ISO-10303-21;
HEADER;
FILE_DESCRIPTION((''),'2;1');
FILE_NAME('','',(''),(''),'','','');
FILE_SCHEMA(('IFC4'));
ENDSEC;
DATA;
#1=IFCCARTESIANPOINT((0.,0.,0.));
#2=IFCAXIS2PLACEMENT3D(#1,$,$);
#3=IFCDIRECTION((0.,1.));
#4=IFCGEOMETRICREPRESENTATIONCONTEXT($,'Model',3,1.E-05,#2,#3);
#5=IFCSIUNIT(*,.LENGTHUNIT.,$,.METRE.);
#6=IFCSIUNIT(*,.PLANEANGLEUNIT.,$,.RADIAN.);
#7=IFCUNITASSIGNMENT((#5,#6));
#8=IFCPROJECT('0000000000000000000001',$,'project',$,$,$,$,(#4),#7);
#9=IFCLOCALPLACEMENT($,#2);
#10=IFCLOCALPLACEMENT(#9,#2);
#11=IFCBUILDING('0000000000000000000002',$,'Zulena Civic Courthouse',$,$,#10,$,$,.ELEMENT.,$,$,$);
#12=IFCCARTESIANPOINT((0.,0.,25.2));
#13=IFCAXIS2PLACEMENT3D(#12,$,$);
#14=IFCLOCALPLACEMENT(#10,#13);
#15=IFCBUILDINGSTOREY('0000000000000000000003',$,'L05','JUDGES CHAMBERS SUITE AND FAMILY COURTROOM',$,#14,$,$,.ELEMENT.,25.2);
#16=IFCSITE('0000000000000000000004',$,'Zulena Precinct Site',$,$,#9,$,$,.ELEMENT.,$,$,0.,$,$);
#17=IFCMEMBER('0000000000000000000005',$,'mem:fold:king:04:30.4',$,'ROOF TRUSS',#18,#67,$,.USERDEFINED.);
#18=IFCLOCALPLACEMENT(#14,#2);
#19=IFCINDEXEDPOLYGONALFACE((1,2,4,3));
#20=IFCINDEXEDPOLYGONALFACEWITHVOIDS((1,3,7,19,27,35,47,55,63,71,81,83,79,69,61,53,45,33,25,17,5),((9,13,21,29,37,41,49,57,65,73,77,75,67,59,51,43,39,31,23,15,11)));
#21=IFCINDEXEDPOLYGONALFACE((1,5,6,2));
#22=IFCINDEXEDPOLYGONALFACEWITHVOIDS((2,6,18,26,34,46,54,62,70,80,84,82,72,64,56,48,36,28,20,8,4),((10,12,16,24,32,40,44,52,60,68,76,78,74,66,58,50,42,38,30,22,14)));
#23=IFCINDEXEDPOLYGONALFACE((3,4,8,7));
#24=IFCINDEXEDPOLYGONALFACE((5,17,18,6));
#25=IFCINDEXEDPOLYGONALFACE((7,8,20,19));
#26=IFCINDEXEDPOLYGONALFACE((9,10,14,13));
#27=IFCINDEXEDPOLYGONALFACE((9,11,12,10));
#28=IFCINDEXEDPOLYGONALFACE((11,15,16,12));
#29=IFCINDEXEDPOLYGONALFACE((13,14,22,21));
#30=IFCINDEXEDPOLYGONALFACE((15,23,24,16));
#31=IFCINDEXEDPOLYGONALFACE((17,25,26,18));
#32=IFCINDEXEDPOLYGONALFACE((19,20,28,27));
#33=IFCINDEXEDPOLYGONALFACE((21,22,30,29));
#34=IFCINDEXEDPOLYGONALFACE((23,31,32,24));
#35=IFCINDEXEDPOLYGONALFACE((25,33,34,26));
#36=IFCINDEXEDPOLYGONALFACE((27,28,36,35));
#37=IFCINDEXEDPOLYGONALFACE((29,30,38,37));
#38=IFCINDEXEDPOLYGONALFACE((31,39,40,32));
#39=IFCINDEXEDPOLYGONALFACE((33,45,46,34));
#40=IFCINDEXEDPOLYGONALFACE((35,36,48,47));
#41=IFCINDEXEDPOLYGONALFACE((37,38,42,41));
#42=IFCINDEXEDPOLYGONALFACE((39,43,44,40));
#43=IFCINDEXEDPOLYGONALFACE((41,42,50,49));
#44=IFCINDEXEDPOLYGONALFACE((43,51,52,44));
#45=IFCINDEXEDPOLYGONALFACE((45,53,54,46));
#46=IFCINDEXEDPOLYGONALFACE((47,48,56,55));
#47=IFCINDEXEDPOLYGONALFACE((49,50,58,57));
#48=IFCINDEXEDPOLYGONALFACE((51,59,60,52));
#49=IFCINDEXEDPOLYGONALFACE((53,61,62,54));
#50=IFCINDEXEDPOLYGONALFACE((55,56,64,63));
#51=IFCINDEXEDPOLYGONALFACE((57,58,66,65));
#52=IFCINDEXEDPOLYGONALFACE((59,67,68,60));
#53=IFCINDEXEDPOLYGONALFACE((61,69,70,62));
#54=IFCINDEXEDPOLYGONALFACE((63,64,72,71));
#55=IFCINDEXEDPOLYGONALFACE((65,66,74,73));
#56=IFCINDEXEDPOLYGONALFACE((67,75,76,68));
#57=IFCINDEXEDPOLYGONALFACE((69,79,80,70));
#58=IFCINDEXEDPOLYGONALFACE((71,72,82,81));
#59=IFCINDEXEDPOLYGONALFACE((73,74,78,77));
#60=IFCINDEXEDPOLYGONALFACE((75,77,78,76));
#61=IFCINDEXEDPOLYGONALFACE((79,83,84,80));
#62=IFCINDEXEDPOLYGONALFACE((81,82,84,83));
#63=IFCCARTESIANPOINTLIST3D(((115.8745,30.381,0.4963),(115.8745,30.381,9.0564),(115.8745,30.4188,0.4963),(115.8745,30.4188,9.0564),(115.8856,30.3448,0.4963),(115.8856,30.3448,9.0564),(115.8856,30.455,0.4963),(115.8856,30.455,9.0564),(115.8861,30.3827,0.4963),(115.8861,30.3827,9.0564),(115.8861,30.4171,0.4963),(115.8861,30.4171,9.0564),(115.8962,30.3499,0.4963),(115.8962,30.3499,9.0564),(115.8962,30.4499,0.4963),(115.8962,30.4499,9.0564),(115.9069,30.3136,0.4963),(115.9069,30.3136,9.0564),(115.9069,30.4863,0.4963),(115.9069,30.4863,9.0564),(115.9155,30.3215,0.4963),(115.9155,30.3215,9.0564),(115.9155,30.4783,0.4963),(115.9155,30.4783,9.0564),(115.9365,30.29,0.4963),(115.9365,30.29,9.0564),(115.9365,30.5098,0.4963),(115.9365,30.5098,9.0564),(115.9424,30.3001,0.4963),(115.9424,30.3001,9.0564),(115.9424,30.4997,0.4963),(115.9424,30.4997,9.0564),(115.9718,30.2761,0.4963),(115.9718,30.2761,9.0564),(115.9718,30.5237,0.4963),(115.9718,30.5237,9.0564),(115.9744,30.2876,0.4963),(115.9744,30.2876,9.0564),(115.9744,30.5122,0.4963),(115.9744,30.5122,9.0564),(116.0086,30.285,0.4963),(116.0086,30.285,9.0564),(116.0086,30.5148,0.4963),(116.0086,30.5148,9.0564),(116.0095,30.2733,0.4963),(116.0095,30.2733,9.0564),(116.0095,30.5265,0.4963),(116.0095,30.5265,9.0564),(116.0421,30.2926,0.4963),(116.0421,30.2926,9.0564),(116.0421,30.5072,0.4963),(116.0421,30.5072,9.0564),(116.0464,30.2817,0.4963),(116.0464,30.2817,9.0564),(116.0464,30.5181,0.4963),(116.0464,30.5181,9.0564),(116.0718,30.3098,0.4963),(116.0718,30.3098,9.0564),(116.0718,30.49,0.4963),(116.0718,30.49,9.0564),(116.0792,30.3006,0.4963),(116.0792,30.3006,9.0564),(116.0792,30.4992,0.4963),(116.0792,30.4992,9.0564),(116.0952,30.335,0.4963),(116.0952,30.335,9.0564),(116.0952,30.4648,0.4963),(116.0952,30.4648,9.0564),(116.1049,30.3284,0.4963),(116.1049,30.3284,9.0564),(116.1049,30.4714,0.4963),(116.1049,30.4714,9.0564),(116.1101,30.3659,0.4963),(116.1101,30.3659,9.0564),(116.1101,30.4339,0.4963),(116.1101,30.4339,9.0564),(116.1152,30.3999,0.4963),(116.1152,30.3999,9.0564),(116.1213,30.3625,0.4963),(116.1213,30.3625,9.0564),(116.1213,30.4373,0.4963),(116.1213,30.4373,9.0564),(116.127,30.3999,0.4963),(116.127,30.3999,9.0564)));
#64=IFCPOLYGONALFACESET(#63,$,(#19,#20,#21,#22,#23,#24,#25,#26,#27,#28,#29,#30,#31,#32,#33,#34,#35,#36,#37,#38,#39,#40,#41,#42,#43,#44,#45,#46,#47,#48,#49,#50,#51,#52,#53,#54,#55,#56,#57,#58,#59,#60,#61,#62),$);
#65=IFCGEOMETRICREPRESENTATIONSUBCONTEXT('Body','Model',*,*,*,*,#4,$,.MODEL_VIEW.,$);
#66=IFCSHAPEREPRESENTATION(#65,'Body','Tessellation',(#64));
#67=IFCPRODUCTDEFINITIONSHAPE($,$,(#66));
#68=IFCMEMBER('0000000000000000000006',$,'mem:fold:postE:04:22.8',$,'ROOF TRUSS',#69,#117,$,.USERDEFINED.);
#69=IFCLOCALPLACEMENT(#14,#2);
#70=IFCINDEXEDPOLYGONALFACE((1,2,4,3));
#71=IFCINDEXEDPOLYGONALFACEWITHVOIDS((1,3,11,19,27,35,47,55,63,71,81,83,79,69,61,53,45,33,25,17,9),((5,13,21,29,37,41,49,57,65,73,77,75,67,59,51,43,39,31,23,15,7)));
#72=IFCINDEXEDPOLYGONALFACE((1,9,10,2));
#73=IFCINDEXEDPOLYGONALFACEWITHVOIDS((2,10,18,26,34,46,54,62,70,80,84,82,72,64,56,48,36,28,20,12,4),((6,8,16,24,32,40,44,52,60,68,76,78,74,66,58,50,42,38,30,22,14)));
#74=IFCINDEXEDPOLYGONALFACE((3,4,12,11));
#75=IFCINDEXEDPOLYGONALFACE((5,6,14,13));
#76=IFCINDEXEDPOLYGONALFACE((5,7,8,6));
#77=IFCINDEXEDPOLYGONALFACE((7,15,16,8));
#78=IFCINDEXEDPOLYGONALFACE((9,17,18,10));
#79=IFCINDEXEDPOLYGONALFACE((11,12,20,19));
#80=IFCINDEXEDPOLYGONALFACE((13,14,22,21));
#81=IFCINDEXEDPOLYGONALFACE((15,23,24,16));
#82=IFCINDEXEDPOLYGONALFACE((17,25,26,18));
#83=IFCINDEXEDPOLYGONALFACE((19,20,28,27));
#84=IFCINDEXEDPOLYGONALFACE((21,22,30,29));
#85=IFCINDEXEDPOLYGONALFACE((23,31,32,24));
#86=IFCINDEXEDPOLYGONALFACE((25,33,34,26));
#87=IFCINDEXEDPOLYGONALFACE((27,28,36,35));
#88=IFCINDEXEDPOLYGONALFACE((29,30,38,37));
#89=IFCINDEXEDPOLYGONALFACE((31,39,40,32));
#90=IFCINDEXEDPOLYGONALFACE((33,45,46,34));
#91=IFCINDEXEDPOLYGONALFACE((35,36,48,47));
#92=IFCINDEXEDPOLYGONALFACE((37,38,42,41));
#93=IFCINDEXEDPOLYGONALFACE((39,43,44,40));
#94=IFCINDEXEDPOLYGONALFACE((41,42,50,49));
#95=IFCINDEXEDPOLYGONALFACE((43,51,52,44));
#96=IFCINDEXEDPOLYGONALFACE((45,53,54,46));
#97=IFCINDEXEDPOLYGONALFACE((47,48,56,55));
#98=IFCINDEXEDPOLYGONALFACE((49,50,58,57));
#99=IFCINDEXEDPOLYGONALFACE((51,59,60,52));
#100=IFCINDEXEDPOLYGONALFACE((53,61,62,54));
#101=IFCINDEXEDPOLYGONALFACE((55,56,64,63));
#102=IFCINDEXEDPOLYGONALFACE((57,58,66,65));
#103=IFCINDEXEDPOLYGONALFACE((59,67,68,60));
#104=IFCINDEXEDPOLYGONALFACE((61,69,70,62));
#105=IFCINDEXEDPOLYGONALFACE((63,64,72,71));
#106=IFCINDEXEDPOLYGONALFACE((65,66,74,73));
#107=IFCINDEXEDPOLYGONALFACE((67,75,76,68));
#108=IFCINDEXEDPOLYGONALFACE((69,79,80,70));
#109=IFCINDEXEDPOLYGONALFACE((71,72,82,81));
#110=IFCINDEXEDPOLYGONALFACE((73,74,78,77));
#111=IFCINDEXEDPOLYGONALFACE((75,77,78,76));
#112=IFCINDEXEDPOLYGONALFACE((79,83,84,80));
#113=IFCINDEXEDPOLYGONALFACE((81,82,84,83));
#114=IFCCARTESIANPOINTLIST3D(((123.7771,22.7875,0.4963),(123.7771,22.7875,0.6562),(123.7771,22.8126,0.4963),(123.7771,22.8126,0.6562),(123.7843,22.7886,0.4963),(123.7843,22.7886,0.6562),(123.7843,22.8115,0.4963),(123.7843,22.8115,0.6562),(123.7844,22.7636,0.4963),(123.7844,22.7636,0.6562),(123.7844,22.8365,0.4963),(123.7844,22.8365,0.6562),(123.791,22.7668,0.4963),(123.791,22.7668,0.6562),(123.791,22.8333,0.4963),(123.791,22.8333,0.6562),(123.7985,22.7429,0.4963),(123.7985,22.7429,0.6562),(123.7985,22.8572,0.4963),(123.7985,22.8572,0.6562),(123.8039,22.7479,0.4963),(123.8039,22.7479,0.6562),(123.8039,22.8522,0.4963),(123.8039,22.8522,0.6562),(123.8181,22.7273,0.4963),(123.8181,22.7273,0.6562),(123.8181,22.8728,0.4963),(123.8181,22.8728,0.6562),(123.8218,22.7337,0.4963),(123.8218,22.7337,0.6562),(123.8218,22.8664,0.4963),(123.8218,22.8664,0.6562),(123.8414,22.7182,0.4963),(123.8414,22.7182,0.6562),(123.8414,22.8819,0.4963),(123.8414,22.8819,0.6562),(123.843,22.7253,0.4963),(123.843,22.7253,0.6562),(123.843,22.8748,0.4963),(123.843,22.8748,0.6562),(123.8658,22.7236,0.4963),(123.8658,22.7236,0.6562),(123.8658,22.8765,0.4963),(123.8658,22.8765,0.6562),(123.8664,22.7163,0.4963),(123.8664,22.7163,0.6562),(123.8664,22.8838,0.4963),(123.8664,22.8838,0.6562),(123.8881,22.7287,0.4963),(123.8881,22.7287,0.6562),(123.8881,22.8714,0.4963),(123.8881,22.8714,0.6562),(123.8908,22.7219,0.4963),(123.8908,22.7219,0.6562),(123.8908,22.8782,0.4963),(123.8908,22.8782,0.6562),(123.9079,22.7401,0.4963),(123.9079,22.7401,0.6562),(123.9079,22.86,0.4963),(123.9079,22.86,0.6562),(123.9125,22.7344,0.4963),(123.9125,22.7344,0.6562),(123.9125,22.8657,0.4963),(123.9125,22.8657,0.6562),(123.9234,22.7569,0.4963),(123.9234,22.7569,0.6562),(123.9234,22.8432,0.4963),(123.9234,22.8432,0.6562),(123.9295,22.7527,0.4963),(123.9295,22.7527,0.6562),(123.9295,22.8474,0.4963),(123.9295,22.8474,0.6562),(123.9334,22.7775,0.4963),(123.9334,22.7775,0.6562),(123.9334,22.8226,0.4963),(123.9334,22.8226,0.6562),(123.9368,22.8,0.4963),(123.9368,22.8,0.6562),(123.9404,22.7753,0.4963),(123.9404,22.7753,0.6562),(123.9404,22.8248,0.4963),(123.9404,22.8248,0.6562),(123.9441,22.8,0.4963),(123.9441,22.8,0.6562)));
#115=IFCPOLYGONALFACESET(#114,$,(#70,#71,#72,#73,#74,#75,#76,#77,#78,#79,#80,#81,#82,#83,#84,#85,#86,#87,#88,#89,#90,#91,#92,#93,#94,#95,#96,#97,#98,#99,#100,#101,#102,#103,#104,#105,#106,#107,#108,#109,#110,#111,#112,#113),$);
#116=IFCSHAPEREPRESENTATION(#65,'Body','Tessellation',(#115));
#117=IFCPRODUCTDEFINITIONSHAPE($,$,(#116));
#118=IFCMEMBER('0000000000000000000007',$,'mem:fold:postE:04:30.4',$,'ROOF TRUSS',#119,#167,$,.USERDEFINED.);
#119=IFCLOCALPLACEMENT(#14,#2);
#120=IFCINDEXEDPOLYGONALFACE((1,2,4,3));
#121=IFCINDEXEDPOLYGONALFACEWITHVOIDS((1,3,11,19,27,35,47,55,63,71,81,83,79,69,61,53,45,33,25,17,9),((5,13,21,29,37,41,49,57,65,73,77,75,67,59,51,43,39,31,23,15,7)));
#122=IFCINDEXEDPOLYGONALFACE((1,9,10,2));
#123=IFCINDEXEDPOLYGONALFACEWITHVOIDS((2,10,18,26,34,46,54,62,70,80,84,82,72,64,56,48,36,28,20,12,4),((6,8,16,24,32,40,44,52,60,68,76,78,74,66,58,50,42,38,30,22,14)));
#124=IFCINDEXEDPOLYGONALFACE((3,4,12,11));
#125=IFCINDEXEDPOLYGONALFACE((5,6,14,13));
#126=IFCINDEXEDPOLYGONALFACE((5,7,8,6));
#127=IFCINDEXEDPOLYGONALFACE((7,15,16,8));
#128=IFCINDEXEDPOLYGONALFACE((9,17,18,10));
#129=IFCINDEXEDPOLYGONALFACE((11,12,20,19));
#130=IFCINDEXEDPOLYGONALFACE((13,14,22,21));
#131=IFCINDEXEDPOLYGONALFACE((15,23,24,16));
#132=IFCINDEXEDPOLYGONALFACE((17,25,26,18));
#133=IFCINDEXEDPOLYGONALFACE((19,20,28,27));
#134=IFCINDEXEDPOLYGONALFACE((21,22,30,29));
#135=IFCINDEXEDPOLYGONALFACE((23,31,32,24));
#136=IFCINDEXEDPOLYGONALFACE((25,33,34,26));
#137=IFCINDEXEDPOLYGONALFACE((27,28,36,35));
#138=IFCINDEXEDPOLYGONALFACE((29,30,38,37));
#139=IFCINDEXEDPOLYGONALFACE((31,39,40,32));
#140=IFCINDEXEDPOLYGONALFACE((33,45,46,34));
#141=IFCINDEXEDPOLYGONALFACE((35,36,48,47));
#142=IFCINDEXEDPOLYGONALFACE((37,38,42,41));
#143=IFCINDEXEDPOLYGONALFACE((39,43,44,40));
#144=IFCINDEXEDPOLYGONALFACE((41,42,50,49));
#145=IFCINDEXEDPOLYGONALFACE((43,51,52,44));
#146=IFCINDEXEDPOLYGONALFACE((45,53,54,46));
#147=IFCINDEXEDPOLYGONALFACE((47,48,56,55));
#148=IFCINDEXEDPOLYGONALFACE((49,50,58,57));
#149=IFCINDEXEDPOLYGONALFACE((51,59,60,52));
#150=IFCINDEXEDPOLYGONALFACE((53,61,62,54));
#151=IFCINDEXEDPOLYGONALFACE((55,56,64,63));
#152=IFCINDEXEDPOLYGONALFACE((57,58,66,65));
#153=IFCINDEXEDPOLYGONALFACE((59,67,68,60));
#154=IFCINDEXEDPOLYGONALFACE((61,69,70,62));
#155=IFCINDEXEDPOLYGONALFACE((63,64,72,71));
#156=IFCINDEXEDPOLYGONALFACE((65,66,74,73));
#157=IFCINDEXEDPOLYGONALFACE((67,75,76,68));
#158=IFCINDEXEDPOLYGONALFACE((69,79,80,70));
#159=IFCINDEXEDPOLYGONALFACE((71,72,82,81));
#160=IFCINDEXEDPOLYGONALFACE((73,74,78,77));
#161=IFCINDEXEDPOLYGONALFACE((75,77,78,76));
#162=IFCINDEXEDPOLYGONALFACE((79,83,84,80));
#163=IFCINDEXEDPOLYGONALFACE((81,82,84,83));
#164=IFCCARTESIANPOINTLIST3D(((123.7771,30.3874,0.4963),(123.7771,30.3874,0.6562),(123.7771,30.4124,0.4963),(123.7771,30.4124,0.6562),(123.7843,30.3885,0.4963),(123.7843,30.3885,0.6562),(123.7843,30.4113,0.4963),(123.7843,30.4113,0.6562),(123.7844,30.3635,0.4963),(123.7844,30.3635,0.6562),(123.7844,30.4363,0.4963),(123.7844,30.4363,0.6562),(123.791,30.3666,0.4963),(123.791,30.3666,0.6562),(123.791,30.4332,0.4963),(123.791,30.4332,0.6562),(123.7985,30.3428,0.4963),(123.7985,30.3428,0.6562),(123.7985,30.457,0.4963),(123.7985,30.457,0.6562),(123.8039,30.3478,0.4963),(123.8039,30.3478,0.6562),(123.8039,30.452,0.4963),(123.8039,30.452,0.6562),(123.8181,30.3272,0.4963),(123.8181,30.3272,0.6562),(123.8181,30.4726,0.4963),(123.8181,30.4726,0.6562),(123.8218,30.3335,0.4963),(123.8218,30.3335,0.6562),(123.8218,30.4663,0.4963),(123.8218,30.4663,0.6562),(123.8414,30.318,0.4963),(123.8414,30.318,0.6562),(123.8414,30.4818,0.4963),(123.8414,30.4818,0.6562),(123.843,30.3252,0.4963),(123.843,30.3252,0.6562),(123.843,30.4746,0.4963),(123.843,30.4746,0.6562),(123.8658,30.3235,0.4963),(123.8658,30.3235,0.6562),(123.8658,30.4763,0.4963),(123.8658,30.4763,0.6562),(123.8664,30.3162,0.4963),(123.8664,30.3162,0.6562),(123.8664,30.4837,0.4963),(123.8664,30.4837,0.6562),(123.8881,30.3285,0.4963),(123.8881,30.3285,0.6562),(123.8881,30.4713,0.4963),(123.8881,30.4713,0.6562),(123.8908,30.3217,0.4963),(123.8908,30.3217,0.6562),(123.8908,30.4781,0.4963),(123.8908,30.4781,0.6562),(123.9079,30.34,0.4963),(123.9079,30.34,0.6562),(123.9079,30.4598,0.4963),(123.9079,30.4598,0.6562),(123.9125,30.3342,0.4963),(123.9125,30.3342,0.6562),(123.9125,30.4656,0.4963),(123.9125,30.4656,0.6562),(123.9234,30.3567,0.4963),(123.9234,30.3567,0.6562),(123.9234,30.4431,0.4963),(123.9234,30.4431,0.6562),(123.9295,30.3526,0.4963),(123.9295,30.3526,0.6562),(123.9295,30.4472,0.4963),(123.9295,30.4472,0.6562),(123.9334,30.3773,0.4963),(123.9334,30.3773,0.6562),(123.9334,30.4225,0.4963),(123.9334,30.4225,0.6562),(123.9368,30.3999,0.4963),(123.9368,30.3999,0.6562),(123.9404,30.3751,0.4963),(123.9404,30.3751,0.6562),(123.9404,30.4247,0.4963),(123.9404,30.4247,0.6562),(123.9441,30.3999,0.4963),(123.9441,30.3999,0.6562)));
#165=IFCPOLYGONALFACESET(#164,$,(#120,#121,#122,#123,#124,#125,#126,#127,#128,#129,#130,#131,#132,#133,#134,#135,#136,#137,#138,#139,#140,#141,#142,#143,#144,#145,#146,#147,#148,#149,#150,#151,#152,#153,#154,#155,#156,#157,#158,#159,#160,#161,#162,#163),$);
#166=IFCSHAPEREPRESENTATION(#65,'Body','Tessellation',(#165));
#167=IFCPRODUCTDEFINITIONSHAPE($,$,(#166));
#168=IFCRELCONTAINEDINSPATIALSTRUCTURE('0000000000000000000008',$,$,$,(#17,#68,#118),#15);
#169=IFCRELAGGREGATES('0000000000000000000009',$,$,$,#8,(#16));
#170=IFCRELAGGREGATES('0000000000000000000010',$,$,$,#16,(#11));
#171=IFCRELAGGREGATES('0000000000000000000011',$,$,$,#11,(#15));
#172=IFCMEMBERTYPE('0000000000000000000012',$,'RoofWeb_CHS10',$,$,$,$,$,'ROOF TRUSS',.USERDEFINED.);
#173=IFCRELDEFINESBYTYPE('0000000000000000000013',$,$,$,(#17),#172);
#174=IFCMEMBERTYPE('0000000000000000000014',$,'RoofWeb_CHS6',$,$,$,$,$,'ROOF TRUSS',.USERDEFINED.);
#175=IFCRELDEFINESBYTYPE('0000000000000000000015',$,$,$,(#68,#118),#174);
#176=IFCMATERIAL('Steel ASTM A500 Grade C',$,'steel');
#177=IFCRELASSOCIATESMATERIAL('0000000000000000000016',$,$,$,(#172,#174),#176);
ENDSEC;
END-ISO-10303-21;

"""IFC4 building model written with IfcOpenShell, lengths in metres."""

from ifc_helpers import new_model, si_unit, direction, frame, origin, origin_2d, place, context, subcontext, project, spatial, hollow_circle, extrude, material, material_profile, profile_set, type_object, element, save


model = new_model("IFC4")

# Units and contexts
model_context = context("Model", 3, precision=1e-05, world=origin(), true_north=direction((0.0, 1.0)))
body_context = subcontext(model_context, "Body", "Model", "MODEL_VIEW")
ifc_project = project(units=[si_unit("LENGTHUNIT", "METRE"), si_unit("PLANEANGLEUNIT", "RADIAN")], contexts=[model_context])

# Site, building, storey
site_placement = place(None, origin())
site = spatial("IfcSite", under=ifc_project, at=site_placement, Name="Zulena Precinct Site", CompositionType="ELEMENT", RefElevation=0.0)
building_placement = place(site_placement, origin())
building = spatial("IfcBuilding", under=site, at=building_placement, Name="Zulena Civic Courthouse", CompositionType="ELEMENT")
storey_placement = place(building_placement, frame((0.0, 0.0, 25.2)))
storey = spatial("IfcBuildingStorey", under=building, at=storey_placement, Name="L05", Description="JUDGES CHAMBERS SUITE AND FAMILY COURTROOM", CompositionType="ELEMENT", Elevation=25.2)

# Members
ifc_material_1 = material(Name="Steel ASTM A500 Grade C", Category="steel")
ifc_material_profile_1 = material_profile(ifc_material_1, hollow_circle(Radius=0.127, WallThickness=0.0117, at=origin_2d()), Name="HSS10.000X0.500")
ifc_profile_set_1 = profile_set([ifc_material_profile_1], Name="Steel ASTM A500 Grade C")
member_type_1 = type_object("IfcMemberType", Name="RoofWeb_CHS10", ElementType="ROOF TRUSS", PredefinedType="USERDEFINED", material=ifc_profile_set_1)
member_placement = place(storey_placement, frame((116.0, 30.3999, 0.4963), z_axis=(0.0, 0.0, 1.0), x_axis=(1.0, 0.0, 0.0)))
element("IfcMember", 1, at=member_placement, inside=storey, type_object=member_type_1, Name="mem:fold:king:04:30.4", ObjectType="ROOF TRUSS", PredefinedType="USERDEFINED", context=body_context, shape_type="SweptSolid", body=[
    extrude(hollow_circle(Radius=0.127, WallThickness=0.0117, at=origin_2d()), origin(), (0.0, 0.0, 1.0), 8.5601),
])
ifc_material_profile_2 = material_profile(ifc_material_1, hollow_circle(Radius=0.084, WallThickness=0.0073, at=origin_2d()), Name="HSS6.625X0.312")
ifc_profile_set_2 = profile_set([ifc_material_profile_2], Name="Steel ASTM A500 Grade C")
member_type_2 = type_object("IfcMemberType", Name="RoofWeb_CHS6", ElementType="ROOF TRUSS", PredefinedType="USERDEFINED", material=ifc_profile_set_2)
for number, where, z_axis, x_axis, name in (
    (2, (123.8601, 22.8, 0.4963), (0.0, 0.0, 1.0), (1.0, 0.0, 0.0), "mem:fold:postE:04:22.8"),
    (3, (123.8601, 30.3999, 0.4963), (0.0, 0.0, 1.0), (1.0, 0.0, 0.0), "mem:fold:postE:04:30.4"),
):
    element("IfcMember", number, at=place(storey_placement, frame(where, z_axis=z_axis, x_axis=x_axis)), inside=storey, type_object=member_type_2, Name=name, ObjectType="ROOF TRUSS", PredefinedType="USERDEFINED", context=body_context, shape_type="SweptSolid", body=[
        extrude(hollow_circle(Radius=0.084, WallThickness=0.0073, at=origin_2d()), origin(), (0.0, 0.0, 1.0), 0.1599),
    ])

save(model, "model.ifc")
